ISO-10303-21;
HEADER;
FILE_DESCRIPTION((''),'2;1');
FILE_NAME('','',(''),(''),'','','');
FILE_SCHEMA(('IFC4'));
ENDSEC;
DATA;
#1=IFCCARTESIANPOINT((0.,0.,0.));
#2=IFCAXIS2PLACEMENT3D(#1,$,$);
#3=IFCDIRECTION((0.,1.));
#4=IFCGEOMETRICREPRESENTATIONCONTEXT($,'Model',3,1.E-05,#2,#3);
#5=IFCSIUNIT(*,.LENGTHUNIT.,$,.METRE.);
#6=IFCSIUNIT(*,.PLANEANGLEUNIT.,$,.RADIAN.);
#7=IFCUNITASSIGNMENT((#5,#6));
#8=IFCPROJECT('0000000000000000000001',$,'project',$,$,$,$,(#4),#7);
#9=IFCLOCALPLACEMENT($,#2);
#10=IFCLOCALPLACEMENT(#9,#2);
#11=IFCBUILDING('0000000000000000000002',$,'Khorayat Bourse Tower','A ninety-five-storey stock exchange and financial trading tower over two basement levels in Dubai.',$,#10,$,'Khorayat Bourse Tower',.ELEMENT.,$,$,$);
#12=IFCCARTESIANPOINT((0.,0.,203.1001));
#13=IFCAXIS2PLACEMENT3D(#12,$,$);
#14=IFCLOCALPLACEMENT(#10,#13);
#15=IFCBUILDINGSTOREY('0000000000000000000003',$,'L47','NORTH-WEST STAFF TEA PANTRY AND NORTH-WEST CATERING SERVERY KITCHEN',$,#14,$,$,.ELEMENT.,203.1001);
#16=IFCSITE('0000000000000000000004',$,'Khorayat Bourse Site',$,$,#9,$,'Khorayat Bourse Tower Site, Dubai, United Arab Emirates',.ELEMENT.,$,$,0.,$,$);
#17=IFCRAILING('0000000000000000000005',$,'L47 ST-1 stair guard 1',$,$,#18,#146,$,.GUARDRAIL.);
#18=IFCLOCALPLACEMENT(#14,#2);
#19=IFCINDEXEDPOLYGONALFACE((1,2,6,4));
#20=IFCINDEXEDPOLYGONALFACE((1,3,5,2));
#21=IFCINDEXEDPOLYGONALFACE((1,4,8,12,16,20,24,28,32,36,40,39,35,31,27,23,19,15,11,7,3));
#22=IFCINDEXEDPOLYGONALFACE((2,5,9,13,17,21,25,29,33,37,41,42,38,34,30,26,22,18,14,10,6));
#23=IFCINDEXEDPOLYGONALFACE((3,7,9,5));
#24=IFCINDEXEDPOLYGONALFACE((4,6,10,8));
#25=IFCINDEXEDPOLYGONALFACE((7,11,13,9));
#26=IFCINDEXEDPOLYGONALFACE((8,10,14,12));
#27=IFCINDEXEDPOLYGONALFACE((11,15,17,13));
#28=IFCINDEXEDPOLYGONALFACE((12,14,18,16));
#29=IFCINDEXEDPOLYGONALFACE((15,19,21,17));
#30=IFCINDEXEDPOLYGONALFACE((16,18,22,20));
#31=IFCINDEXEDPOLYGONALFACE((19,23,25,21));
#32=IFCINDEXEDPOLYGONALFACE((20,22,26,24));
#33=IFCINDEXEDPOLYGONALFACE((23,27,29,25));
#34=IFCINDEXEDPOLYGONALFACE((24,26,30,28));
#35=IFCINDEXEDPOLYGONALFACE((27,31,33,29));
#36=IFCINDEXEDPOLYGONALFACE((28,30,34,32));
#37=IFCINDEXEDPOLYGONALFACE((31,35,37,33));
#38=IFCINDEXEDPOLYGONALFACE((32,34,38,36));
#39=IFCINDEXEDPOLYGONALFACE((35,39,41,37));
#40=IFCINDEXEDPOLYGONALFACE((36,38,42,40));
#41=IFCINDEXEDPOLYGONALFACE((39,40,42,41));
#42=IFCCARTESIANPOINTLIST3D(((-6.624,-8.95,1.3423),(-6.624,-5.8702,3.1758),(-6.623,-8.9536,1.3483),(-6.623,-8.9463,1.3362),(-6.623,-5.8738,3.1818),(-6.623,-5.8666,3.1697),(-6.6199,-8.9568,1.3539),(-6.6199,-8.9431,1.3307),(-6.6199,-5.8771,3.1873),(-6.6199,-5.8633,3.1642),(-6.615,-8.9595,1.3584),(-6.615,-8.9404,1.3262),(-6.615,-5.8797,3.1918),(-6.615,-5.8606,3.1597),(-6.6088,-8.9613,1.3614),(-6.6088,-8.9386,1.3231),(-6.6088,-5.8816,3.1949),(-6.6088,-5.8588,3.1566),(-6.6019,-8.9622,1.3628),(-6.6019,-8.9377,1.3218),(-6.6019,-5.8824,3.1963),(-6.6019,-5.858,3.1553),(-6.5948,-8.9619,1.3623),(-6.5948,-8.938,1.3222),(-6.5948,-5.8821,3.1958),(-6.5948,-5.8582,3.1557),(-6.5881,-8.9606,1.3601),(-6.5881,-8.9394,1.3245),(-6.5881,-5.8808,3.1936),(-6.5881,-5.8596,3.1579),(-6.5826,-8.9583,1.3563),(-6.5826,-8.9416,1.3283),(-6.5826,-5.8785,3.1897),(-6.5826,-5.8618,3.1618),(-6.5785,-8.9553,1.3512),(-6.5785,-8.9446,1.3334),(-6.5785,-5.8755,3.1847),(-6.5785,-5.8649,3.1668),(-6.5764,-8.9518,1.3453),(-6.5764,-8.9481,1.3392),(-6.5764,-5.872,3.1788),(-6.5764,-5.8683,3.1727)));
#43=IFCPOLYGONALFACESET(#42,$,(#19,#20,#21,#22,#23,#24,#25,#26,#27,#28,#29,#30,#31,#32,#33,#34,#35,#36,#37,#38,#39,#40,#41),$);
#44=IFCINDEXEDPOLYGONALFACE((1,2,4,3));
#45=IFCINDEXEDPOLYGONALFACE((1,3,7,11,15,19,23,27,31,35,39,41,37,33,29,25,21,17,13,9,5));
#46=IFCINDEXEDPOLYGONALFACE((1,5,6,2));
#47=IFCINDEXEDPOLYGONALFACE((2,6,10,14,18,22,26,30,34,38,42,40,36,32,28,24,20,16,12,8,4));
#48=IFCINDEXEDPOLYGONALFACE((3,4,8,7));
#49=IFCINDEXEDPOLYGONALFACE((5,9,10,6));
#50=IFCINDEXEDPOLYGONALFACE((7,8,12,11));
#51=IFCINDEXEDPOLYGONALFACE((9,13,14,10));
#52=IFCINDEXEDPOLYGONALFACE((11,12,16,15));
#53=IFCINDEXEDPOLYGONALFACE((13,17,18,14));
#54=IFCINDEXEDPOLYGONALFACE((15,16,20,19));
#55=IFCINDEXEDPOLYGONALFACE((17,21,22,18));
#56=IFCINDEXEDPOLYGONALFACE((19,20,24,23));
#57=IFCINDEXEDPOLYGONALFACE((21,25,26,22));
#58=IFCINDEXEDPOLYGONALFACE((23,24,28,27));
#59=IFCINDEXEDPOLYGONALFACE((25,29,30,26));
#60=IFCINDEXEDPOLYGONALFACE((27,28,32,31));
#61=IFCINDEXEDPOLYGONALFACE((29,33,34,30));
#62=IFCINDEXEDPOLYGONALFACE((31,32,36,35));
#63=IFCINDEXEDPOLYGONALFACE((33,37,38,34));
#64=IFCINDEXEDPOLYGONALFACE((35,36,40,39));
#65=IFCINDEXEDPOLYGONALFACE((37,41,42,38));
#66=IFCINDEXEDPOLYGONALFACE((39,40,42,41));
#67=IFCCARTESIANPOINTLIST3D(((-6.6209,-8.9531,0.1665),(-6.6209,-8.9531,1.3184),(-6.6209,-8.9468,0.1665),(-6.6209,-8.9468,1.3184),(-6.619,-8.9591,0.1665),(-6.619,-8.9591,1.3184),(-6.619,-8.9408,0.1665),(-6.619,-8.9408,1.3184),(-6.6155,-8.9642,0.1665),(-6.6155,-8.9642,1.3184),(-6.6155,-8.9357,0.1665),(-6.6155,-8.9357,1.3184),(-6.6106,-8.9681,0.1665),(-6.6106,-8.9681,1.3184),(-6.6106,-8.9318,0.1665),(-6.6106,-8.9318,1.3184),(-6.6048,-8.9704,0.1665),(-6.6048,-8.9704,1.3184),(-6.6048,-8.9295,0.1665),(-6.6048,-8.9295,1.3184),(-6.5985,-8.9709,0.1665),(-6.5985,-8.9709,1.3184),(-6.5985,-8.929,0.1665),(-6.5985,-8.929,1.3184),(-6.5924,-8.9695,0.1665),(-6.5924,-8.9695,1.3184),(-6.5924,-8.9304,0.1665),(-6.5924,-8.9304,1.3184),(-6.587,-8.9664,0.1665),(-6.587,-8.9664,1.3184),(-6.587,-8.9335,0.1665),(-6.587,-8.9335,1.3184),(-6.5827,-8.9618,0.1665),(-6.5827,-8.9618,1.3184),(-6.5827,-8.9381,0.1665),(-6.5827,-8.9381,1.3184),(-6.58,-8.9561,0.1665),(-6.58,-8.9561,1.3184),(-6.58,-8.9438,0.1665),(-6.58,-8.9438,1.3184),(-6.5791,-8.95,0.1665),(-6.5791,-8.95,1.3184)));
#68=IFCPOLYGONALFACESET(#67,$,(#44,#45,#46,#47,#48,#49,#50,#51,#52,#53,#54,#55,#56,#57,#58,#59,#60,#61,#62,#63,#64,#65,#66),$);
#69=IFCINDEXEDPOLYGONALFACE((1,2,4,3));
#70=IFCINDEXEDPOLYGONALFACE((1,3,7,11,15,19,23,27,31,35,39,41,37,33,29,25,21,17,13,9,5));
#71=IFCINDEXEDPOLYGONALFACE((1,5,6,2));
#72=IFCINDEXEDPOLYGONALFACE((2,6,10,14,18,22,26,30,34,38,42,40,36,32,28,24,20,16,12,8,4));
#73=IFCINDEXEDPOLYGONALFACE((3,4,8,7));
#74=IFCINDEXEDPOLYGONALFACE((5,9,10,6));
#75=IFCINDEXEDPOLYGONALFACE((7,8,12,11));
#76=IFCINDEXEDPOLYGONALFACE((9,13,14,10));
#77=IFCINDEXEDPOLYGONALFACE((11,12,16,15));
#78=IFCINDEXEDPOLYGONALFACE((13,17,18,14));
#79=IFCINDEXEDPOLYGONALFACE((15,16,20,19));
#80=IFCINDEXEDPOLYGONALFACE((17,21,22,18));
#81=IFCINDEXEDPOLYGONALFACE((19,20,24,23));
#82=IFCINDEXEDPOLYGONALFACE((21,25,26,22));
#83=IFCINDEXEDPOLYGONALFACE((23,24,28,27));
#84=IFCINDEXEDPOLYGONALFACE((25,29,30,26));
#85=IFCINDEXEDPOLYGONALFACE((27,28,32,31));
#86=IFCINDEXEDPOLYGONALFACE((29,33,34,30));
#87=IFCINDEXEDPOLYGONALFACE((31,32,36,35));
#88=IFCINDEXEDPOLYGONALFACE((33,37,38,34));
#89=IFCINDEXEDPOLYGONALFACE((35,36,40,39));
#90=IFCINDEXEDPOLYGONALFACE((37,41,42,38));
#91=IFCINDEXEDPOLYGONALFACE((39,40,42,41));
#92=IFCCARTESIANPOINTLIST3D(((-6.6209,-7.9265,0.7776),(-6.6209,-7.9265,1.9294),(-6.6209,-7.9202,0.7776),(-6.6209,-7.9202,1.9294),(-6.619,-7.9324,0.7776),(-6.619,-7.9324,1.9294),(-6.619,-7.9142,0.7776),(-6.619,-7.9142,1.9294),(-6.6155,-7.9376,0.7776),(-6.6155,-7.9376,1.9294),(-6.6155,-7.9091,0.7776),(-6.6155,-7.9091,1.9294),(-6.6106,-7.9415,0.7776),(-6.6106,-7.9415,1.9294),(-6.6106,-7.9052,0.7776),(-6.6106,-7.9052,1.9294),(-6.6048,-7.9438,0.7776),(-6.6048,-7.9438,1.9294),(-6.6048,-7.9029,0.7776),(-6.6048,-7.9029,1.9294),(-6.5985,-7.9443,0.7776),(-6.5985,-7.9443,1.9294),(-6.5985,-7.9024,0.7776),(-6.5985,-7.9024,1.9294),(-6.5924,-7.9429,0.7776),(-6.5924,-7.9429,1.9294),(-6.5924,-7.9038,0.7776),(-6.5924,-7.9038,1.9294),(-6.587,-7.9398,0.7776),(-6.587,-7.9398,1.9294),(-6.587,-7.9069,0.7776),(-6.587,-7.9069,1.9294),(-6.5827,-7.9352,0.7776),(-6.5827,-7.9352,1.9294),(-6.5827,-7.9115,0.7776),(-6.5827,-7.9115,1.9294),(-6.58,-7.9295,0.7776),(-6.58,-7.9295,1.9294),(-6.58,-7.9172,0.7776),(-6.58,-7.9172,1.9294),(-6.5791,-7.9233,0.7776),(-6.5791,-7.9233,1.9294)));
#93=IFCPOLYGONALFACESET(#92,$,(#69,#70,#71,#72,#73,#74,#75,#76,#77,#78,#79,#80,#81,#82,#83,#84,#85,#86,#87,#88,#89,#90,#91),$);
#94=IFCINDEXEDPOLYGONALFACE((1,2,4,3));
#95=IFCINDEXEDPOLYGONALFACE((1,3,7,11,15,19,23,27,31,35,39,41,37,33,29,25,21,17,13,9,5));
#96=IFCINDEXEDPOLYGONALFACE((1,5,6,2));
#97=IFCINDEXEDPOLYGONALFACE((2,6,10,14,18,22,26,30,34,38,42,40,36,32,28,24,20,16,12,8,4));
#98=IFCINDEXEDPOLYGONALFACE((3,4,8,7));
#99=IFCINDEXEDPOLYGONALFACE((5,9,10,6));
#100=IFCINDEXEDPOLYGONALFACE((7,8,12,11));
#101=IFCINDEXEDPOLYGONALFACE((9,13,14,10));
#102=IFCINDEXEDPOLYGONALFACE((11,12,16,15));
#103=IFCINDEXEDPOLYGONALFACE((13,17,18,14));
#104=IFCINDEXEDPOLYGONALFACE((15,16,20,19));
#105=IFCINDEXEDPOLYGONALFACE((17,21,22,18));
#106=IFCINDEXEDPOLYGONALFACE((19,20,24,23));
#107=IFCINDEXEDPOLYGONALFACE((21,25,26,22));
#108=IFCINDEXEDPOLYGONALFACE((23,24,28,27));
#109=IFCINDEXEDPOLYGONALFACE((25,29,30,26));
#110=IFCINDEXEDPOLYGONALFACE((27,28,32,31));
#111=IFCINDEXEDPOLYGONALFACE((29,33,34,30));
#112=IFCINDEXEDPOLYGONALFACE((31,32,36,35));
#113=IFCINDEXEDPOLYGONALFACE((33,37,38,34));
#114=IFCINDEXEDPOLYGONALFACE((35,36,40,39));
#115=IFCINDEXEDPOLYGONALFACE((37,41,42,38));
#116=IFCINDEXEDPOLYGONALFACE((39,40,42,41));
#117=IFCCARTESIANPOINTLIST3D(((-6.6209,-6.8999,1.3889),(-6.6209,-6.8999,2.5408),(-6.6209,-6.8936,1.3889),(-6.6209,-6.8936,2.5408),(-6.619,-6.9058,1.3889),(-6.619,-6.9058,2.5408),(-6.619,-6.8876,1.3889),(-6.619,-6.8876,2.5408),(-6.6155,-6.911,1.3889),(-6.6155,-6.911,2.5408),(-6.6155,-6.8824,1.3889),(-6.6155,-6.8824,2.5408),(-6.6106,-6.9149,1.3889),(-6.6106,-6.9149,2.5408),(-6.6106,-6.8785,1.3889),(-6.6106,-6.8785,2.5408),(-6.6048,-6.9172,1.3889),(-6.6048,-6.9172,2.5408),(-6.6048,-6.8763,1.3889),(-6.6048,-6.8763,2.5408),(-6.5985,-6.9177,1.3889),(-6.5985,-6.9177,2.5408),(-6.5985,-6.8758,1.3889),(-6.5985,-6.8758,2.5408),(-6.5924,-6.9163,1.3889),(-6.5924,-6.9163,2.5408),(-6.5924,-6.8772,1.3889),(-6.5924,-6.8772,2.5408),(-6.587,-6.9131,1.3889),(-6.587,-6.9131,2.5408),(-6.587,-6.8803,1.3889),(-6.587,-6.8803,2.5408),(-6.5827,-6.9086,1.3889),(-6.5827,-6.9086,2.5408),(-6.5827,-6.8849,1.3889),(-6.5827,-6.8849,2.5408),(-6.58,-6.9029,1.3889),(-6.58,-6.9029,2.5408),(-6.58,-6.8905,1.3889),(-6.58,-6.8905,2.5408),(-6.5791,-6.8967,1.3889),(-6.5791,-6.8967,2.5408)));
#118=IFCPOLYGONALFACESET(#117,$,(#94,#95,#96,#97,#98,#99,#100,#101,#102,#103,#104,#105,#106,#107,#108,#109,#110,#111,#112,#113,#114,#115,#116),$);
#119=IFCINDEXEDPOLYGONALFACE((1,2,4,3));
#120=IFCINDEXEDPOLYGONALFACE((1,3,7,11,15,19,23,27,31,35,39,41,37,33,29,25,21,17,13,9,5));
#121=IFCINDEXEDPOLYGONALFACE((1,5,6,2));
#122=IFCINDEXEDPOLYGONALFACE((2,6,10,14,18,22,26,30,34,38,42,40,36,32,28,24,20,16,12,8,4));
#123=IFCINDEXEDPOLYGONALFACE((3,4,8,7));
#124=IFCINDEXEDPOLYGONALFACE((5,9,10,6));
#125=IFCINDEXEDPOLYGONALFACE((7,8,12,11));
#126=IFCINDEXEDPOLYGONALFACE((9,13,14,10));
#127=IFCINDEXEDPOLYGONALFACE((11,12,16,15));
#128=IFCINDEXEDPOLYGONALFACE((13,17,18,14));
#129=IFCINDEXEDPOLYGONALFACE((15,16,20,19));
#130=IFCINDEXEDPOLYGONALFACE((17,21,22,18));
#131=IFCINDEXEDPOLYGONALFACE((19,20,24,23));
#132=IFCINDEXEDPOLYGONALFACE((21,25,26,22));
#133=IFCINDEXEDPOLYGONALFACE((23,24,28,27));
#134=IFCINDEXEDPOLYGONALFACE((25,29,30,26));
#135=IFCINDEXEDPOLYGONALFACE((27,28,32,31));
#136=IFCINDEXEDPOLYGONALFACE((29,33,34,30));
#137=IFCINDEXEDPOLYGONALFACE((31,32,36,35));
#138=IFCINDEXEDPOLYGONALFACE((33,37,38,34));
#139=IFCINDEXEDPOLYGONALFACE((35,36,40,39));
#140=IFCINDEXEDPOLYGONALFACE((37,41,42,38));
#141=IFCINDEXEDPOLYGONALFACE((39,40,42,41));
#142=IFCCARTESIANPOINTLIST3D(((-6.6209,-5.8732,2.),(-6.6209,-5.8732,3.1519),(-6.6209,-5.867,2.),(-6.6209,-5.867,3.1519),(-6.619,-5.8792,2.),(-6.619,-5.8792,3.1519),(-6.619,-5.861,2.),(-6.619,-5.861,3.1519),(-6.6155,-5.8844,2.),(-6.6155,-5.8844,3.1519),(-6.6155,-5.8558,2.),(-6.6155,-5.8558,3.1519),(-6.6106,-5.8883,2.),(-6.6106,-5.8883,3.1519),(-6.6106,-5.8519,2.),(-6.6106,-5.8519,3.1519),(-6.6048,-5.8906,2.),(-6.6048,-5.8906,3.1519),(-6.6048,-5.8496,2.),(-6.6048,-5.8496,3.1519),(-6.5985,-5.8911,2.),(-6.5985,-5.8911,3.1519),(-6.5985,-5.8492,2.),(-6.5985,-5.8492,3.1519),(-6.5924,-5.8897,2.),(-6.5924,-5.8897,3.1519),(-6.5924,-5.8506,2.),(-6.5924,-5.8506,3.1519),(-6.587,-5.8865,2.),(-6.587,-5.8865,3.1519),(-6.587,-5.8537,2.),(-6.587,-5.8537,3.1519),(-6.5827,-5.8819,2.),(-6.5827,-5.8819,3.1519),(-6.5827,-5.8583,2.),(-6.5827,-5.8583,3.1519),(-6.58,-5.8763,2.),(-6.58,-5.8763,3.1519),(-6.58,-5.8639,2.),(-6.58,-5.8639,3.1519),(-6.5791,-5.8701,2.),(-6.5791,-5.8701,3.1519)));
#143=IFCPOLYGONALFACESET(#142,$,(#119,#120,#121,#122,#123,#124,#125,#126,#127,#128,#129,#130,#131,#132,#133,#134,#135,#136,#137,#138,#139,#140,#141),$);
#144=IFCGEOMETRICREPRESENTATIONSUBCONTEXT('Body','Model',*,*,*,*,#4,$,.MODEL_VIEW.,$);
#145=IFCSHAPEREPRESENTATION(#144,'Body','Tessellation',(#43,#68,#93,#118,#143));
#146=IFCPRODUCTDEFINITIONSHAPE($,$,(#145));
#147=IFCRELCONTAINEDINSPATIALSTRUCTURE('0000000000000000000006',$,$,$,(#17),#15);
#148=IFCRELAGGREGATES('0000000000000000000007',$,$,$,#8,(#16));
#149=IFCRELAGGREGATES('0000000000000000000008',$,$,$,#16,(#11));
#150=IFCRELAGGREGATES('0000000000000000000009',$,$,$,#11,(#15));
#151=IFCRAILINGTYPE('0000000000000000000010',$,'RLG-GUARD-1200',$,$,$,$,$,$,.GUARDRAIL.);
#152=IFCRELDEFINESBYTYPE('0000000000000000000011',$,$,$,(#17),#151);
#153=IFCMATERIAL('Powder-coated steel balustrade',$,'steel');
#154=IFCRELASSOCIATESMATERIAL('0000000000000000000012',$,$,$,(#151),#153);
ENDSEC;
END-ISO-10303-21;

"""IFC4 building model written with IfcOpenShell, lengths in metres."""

from ifc_helpers import new_model, si_unit, direction, frame, origin, origin_2d, place, context, subcontext, project, spatial, circle, extrude, source, transform, mapped, material, type_object, element, save


model = new_model("IFC4")

# Units and contexts
model_context = context("Model", 3, precision=1e-05, world=origin(), true_north=direction((0.0, 1.0)))
body_context = subcontext(model_context, "Body", "Model", "MODEL_VIEW")
ifc_project = project(units=[si_unit("LENGTHUNIT", "METRE"), si_unit("PLANEANGLEUNIT", "RADIAN")], contexts=[model_context])

# Site, building, storey
site_placement = place(None, origin())
site = spatial("IfcSite", under=ifc_project, at=site_placement, Name="Khorayat Bourse Site", LongName="Khorayat Bourse Tower Site, Dubai, United Arab Emirates", CompositionType="ELEMENT", RefElevation=0.0)
building_placement = place(site_placement, origin())
building = spatial("IfcBuilding", under=site, at=building_placement, Name="Khorayat Bourse Tower", Description="A ninety-five-storey stock exchange and financial trading tower over two basement levels in Dubai.", LongName="Khorayat Bourse Tower", CompositionType="ELEMENT")
storey_placement = place(building_placement, frame((0.0, 0.0, 203.1001)))
storey = spatial("IfcBuildingStorey", under=building, at=storey_placement, Name="L47", Description="NORTH-WEST STAFF TEA PANTRY AND NORTH-WEST CATERING SERVERY KITCHEN", CompositionType="ELEMENT", Elevation=203.1001)

# Railing
ifc_material_1 = material(Name="Powder-coated steel balustrade", Category="steel")
railing_type_1 = type_object("IfcRailingType", Name="RLG-GUARD-1200", PredefinedType="GUARDRAIL", material=ifc_material_1)
shared_shape_1 = source(origin(), body_context, "Body", "SweptSolid", [
    extrude(circle(Radius=0.0239, at=origin_2d()), frame((0.0, 0.0, 1.1758), z_axis=(0.0, 0.859261, 0.511538), x_axis=(-1.0, 0.0, 0.0)), (0.0, 0.0, 1.0), 3.5842),
    extrude(circle(Radius=0.021, at=origin_2d()), origin(), (0.0, 0.0, 1.0), 1.1519),
    extrude(circle(Radius=0.021, at=origin_2d()), frame((0.0, 1.0266, 0.6111)), (0.0, 0.0, 1.0), 1.1519),
    extrude(circle(Radius=0.021, at=origin_2d()), frame((0.0, 2.0532, 1.2224)), (0.0, 0.0, 1.0), 1.1519),
    extrude(circle(Radius=0.021, at=origin_2d()), frame((0.0, 3.0798, 1.8335)), (0.0, 0.0, 1.0), 1.1519),
])
railing_1_placement = place(storey_placement, frame((-6.6001, -8.95, 0.1665)))
element("IfcRailing", 1, at=railing_1_placement, inside=storey, type_object=railing_type_1, Name="L47 ST-1 stair guard 1", PredefinedType="GUARDRAIL", context=body_context, shape_type="MappedRepresentation", body=[
    mapped(shared_shape_1, transform((0.0, 0.0, 0.0), scale=1.0)),
])

save(model, "model.ifc")
